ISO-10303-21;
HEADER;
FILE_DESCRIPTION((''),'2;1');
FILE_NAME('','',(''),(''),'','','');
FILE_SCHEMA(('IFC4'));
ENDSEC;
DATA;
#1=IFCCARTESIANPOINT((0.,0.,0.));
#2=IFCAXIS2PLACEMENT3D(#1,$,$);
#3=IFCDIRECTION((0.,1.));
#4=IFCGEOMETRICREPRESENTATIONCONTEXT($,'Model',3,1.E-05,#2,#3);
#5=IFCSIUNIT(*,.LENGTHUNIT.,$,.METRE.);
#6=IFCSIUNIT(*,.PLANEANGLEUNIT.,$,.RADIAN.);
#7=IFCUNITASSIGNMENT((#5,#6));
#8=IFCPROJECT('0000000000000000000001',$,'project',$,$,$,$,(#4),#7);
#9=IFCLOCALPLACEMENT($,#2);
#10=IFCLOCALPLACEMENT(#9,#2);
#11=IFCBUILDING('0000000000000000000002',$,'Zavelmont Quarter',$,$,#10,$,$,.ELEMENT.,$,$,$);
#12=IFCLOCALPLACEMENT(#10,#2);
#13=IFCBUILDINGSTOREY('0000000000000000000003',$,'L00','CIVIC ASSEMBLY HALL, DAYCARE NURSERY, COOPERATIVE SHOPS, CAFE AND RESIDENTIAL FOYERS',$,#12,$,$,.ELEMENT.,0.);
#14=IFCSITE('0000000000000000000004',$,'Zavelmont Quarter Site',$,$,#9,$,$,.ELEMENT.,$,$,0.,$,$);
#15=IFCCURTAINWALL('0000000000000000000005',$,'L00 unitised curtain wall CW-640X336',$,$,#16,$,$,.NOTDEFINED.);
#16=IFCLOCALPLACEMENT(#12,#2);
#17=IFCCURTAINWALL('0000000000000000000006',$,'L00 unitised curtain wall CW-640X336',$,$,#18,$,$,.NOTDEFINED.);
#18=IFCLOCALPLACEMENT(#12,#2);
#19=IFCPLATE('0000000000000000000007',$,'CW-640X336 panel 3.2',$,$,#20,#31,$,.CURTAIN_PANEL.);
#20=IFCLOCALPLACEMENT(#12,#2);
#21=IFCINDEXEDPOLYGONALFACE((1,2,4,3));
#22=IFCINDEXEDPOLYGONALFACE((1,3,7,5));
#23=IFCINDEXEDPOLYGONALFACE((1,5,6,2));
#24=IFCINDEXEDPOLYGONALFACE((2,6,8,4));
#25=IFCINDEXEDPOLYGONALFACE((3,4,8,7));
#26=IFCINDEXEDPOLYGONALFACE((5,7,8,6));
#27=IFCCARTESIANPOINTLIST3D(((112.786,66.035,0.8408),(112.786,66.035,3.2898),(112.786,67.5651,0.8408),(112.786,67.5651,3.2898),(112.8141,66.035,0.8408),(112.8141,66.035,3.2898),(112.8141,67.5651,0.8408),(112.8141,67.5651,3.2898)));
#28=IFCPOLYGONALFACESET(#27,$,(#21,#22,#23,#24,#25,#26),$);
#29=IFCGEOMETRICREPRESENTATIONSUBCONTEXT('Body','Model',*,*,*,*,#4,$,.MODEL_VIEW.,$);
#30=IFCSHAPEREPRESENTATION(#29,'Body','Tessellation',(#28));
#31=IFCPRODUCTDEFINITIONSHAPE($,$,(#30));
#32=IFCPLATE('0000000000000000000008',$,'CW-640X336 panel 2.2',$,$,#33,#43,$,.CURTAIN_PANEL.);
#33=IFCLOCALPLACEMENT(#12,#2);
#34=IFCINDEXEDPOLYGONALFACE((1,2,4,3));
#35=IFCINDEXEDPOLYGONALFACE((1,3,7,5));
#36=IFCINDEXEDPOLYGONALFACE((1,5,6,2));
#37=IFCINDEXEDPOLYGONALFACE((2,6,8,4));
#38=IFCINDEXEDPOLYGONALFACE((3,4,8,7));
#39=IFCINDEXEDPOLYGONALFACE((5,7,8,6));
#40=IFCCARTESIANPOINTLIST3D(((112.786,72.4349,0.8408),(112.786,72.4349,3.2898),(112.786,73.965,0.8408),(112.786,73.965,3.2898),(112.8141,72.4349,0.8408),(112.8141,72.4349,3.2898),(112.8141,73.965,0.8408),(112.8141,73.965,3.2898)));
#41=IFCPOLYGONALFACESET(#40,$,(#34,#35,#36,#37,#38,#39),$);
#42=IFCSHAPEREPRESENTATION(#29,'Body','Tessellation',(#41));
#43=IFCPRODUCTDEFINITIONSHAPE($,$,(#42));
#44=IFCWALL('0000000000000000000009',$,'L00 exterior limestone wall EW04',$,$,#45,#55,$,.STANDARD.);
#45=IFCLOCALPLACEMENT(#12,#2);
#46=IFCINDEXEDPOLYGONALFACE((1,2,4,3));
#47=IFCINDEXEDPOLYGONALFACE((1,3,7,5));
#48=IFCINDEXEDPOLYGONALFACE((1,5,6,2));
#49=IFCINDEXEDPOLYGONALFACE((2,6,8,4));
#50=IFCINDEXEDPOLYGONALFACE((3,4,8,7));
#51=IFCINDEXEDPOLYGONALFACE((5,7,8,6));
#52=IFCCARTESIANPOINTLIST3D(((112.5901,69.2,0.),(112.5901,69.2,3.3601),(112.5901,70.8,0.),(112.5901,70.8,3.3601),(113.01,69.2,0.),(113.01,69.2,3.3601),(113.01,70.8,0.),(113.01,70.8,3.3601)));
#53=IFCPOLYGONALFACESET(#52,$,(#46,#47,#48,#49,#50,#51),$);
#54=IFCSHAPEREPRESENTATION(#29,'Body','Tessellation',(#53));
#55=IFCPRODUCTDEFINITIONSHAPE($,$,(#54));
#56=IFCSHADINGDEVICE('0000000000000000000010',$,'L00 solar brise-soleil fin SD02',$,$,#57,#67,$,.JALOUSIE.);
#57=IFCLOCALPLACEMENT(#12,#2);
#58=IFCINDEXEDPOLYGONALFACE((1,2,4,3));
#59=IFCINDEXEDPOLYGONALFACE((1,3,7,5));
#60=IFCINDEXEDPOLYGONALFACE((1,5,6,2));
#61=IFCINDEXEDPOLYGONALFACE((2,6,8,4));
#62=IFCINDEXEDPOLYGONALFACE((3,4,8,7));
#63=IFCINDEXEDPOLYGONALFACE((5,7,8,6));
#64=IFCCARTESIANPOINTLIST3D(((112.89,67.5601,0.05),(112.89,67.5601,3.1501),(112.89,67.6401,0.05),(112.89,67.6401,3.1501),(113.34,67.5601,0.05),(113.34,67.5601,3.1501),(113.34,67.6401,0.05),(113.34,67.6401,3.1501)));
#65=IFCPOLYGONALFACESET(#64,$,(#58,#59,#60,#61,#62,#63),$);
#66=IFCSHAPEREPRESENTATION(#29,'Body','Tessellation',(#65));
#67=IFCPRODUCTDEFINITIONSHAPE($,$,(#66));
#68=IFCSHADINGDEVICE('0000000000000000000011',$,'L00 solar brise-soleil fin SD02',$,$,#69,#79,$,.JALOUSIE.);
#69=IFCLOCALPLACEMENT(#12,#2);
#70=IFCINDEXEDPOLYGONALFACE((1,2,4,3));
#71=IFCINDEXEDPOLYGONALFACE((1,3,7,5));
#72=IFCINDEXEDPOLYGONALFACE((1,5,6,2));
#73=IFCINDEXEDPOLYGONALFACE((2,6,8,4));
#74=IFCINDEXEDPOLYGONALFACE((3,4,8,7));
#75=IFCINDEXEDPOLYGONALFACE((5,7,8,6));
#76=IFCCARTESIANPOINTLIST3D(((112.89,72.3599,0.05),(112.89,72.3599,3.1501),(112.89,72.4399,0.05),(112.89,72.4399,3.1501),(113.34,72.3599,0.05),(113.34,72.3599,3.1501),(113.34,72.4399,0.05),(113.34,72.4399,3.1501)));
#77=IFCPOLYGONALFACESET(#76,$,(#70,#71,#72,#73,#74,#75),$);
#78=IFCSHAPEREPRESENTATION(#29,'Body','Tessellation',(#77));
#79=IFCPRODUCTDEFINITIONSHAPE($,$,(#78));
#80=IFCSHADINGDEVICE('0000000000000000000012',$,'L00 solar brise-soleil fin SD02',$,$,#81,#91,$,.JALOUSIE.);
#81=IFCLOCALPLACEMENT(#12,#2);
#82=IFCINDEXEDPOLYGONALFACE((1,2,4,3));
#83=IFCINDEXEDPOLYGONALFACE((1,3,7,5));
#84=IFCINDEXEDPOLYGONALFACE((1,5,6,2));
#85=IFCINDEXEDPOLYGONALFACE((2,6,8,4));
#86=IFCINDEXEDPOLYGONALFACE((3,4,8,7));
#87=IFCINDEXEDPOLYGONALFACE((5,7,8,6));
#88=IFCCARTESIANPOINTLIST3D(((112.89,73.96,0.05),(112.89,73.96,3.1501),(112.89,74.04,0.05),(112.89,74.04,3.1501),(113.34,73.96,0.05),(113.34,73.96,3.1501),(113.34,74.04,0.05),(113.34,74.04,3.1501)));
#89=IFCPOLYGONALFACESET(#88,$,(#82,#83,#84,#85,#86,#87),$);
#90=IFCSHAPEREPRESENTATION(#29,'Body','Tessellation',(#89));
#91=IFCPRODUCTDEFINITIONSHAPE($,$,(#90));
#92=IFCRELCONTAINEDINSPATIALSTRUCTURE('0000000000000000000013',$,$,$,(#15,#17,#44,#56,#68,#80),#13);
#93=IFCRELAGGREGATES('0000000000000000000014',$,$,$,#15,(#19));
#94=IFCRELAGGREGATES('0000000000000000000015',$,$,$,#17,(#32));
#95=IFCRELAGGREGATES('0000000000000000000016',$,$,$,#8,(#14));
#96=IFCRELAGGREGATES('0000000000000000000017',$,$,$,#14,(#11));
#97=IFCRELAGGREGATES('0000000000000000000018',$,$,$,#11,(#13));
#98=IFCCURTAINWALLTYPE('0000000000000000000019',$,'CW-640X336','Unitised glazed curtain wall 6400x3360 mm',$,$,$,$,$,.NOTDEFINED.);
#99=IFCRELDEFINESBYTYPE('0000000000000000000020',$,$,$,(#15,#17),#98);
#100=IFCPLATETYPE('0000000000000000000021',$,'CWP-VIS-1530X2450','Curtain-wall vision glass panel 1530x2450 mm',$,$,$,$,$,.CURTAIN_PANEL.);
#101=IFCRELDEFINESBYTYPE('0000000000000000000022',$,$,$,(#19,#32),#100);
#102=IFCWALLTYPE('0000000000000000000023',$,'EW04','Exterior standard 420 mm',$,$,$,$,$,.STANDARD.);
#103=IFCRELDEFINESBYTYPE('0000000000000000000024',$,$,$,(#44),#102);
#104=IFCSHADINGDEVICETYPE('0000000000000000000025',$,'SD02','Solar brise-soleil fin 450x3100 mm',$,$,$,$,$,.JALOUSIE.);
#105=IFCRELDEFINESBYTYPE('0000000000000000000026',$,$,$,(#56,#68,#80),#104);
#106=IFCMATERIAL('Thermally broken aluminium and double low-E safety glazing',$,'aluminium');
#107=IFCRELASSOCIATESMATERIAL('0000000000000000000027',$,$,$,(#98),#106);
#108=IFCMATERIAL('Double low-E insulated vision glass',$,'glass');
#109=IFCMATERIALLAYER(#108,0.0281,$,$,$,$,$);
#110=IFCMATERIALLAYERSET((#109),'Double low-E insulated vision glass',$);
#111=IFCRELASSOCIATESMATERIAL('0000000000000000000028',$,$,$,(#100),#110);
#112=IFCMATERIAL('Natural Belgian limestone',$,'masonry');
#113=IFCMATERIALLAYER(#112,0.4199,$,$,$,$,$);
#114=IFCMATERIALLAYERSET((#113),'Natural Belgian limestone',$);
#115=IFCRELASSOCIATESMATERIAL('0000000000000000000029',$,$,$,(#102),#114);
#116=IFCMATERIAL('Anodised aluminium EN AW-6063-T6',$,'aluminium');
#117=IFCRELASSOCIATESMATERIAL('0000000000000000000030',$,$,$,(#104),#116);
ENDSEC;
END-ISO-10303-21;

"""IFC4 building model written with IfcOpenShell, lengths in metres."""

from ifc_helpers import new_model, si_unit, direction, frame, frame_2d, origin, origin_2d, place, context, subcontext, project, spatial, rectangle, extrude, material, layer, layer_set, type_object, element, aggregate, save


model = new_model("IFC4")

# Units and contexts
model_context = context("Model", 3, precision=1e-05, world=origin(), true_north=direction((0.0, 1.0)))
body_context = subcontext(model_context, "Body", "Model", "MODEL_VIEW")
ifc_project = project(units=[si_unit("LENGTHUNIT", "METRE"), si_unit("PLANEANGLEUNIT", "RADIAN")], contexts=[model_context])

# Site, building, storey
site_placement = place(None, origin())
site = spatial("IfcSite", under=ifc_project, at=site_placement, Name="Zavelmont Quarter Site", CompositionType="ELEMENT", RefElevation=0.0)
building_placement = place(site_placement, origin())
building = spatial("IfcBuilding", under=site, at=building_placement, Name="Zavelmont Quarter", CompositionType="ELEMENT")
storey_placement = place(building_placement, origin())
storey = spatial("IfcBuildingStorey", under=building, at=storey_placement, Name="L00", Description="CIVIC ASSEMBLY HALL, DAYCARE NURSERY, COOPERATIVE SHOPS, CAFE AND RESIDENTIAL FOYERS", CompositionType="ELEMENT", Elevation=0.0)

# Curtain walls
ifc_material_1 = material(Name="Thermally broken aluminium and double low-E safety glazing", Category="aluminium")
curtain_wall_type = type_object("IfcCurtainWallType", Name="CW-640X336", Description="Unitised glazed curtain wall 6400x3360 mm", PredefinedType="NOTDEFINED", material=ifc_material_1)
curtain_wall_1_placement = place(storey_placement, origin())
curtain_wall_1 = element("IfcCurtainWall", 1, at=curtain_wall_1_placement, inside=storey, type_object=curtain_wall_type, Name="L00 unitised curtain wall CW-640X336", PredefinedType="NOTDEFINED")
curtain_wall_2_placement = place(storey_placement, origin())
curtain_wall_2 = element("IfcCurtainWall", 2, at=curtain_wall_2_placement, inside=storey, type_object=curtain_wall_type, Name="L00 unitised curtain wall CW-640X336", PredefinedType="NOTDEFINED")

# Plates
ifc_material_2 = material(Name="Double low-E insulated vision glass", Category="glass")
ifc_layer_1 = layer(ifc_material_2, 0.0281)
ifc_layer_set_1 = layer_set([ifc_layer_1], Name="Double low-E insulated vision glass")
plate_type_1 = type_object("IfcPlateType", Name="CWP-VIS-1530X2450", Description="Curtain-wall vision glass panel 1530x2450 mm", PredefinedType="CURTAIN_PANEL", material=ifc_layer_set_1)
plate_1_placement = place(storey_placement, frame((112.8, 66.8, 0.8408), z_axis=(0.0, 0.0, 1.0), x_axis=(0.0, 1.0, 0.0)))
plate_1 = element("IfcPlate", 3, at=plate_1_placement, type_object=plate_type_1, Name="CW-640X336 panel 3.2", PredefinedType="CURTAIN_PANEL", context=body_context, shape_type="SweptSolid", body=[
    extrude(rectangle(XDim=1.53, YDim=0.0281, at=origin_2d()), origin(), (0.0, 0.0, 1.0), 2.449),
])
aggregate(curtain_wall_1, [plate_1])
plate_2_placement = place(storey_placement, frame((112.8, 73.2, 0.8408), z_axis=(0.0, 0.0, 1.0), x_axis=(0.0, 1.0, 0.0)))
plate_2 = element("IfcPlate", 4, at=plate_2_placement, type_object=plate_type_1, Name="CW-640X336 panel 2.2", PredefinedType="CURTAIN_PANEL", context=body_context, shape_type="SweptSolid", body=[
    extrude(rectangle(XDim=1.53, YDim=0.0281, at=origin_2d()), origin(), (0.0, 0.0, 1.0), 2.449),
])
aggregate(curtain_wall_2, [plate_2])

# Wall
ifc_material_3 = material(Name="Natural Belgian limestone", Category="masonry")
ifc_layer_2 = layer(ifc_material_3, 0.4199)
ifc_layer_set_2 = layer_set([ifc_layer_2], Name="Natural Belgian limestone")
wall_type = type_object("IfcWallType", Name="EW04", Description="Exterior standard 420 mm", PredefinedType="STANDARD", material=ifc_layer_set_2)
wall_placement = place(storey_placement, frame((112.8, 69.2, 0.0), z_axis=(0.0, 0.0, 1.0), x_axis=(0.0, 1.0, 0.0)))
element("IfcWall", 5, at=wall_placement, inside=storey, type_object=wall_type, Name="L00 exterior limestone wall EW04", PredefinedType="STANDARD", context=body_context, shape_type="SweptSolid", body=[
    extrude(rectangle(XDim=1.6001, YDim=0.4199, at=frame_2d((0.8, 0.0))), origin(), (0.0, 0.0, 1.0), 3.3601),
])

# Shading devices
ifc_material_4 = material(Name="Anodised aluminium EN AW-6063-T6", Category="aluminium")
shading_device_type = type_object("IfcShadingDeviceType", Name="SD02", Description="Solar brise-soleil fin 450x3100 mm", PredefinedType="JALOUSIE", material=ifc_material_4)
for number, where, z_axis, x_axis, name in (
    (6, (113.115, 67.6001, 0.05), (0.0, 0.0, 1.0), (0.0, 1.0, 0.0), "L00 solar brise-soleil fin SD02"),
    (7, (113.115, 72.3999, 0.05), (0.0, 0.0, 1.0), (0.0, 1.0, 0.0), "L00 solar brise-soleil fin SD02"),
    (8, (113.115, 74.0, 0.05), (0.0, 0.0, 1.0), (0.0, 1.0, 0.0), "L00 solar brise-soleil fin SD02"),
):
    element("IfcShadingDevice", number, at=place(storey_placement, frame(where, z_axis=z_axis, x_axis=x_axis)), inside=storey, type_object=shading_device_type, Name=name, PredefinedType="JALOUSIE", context=body_context, shape_type="SweptSolid", body=[
        extrude(rectangle(XDim=0.0801, YDim=0.45, at=origin_2d()), origin(), (0.0, 0.0, 1.0), 3.1001),
    ])

save(model, "model.ifc")
